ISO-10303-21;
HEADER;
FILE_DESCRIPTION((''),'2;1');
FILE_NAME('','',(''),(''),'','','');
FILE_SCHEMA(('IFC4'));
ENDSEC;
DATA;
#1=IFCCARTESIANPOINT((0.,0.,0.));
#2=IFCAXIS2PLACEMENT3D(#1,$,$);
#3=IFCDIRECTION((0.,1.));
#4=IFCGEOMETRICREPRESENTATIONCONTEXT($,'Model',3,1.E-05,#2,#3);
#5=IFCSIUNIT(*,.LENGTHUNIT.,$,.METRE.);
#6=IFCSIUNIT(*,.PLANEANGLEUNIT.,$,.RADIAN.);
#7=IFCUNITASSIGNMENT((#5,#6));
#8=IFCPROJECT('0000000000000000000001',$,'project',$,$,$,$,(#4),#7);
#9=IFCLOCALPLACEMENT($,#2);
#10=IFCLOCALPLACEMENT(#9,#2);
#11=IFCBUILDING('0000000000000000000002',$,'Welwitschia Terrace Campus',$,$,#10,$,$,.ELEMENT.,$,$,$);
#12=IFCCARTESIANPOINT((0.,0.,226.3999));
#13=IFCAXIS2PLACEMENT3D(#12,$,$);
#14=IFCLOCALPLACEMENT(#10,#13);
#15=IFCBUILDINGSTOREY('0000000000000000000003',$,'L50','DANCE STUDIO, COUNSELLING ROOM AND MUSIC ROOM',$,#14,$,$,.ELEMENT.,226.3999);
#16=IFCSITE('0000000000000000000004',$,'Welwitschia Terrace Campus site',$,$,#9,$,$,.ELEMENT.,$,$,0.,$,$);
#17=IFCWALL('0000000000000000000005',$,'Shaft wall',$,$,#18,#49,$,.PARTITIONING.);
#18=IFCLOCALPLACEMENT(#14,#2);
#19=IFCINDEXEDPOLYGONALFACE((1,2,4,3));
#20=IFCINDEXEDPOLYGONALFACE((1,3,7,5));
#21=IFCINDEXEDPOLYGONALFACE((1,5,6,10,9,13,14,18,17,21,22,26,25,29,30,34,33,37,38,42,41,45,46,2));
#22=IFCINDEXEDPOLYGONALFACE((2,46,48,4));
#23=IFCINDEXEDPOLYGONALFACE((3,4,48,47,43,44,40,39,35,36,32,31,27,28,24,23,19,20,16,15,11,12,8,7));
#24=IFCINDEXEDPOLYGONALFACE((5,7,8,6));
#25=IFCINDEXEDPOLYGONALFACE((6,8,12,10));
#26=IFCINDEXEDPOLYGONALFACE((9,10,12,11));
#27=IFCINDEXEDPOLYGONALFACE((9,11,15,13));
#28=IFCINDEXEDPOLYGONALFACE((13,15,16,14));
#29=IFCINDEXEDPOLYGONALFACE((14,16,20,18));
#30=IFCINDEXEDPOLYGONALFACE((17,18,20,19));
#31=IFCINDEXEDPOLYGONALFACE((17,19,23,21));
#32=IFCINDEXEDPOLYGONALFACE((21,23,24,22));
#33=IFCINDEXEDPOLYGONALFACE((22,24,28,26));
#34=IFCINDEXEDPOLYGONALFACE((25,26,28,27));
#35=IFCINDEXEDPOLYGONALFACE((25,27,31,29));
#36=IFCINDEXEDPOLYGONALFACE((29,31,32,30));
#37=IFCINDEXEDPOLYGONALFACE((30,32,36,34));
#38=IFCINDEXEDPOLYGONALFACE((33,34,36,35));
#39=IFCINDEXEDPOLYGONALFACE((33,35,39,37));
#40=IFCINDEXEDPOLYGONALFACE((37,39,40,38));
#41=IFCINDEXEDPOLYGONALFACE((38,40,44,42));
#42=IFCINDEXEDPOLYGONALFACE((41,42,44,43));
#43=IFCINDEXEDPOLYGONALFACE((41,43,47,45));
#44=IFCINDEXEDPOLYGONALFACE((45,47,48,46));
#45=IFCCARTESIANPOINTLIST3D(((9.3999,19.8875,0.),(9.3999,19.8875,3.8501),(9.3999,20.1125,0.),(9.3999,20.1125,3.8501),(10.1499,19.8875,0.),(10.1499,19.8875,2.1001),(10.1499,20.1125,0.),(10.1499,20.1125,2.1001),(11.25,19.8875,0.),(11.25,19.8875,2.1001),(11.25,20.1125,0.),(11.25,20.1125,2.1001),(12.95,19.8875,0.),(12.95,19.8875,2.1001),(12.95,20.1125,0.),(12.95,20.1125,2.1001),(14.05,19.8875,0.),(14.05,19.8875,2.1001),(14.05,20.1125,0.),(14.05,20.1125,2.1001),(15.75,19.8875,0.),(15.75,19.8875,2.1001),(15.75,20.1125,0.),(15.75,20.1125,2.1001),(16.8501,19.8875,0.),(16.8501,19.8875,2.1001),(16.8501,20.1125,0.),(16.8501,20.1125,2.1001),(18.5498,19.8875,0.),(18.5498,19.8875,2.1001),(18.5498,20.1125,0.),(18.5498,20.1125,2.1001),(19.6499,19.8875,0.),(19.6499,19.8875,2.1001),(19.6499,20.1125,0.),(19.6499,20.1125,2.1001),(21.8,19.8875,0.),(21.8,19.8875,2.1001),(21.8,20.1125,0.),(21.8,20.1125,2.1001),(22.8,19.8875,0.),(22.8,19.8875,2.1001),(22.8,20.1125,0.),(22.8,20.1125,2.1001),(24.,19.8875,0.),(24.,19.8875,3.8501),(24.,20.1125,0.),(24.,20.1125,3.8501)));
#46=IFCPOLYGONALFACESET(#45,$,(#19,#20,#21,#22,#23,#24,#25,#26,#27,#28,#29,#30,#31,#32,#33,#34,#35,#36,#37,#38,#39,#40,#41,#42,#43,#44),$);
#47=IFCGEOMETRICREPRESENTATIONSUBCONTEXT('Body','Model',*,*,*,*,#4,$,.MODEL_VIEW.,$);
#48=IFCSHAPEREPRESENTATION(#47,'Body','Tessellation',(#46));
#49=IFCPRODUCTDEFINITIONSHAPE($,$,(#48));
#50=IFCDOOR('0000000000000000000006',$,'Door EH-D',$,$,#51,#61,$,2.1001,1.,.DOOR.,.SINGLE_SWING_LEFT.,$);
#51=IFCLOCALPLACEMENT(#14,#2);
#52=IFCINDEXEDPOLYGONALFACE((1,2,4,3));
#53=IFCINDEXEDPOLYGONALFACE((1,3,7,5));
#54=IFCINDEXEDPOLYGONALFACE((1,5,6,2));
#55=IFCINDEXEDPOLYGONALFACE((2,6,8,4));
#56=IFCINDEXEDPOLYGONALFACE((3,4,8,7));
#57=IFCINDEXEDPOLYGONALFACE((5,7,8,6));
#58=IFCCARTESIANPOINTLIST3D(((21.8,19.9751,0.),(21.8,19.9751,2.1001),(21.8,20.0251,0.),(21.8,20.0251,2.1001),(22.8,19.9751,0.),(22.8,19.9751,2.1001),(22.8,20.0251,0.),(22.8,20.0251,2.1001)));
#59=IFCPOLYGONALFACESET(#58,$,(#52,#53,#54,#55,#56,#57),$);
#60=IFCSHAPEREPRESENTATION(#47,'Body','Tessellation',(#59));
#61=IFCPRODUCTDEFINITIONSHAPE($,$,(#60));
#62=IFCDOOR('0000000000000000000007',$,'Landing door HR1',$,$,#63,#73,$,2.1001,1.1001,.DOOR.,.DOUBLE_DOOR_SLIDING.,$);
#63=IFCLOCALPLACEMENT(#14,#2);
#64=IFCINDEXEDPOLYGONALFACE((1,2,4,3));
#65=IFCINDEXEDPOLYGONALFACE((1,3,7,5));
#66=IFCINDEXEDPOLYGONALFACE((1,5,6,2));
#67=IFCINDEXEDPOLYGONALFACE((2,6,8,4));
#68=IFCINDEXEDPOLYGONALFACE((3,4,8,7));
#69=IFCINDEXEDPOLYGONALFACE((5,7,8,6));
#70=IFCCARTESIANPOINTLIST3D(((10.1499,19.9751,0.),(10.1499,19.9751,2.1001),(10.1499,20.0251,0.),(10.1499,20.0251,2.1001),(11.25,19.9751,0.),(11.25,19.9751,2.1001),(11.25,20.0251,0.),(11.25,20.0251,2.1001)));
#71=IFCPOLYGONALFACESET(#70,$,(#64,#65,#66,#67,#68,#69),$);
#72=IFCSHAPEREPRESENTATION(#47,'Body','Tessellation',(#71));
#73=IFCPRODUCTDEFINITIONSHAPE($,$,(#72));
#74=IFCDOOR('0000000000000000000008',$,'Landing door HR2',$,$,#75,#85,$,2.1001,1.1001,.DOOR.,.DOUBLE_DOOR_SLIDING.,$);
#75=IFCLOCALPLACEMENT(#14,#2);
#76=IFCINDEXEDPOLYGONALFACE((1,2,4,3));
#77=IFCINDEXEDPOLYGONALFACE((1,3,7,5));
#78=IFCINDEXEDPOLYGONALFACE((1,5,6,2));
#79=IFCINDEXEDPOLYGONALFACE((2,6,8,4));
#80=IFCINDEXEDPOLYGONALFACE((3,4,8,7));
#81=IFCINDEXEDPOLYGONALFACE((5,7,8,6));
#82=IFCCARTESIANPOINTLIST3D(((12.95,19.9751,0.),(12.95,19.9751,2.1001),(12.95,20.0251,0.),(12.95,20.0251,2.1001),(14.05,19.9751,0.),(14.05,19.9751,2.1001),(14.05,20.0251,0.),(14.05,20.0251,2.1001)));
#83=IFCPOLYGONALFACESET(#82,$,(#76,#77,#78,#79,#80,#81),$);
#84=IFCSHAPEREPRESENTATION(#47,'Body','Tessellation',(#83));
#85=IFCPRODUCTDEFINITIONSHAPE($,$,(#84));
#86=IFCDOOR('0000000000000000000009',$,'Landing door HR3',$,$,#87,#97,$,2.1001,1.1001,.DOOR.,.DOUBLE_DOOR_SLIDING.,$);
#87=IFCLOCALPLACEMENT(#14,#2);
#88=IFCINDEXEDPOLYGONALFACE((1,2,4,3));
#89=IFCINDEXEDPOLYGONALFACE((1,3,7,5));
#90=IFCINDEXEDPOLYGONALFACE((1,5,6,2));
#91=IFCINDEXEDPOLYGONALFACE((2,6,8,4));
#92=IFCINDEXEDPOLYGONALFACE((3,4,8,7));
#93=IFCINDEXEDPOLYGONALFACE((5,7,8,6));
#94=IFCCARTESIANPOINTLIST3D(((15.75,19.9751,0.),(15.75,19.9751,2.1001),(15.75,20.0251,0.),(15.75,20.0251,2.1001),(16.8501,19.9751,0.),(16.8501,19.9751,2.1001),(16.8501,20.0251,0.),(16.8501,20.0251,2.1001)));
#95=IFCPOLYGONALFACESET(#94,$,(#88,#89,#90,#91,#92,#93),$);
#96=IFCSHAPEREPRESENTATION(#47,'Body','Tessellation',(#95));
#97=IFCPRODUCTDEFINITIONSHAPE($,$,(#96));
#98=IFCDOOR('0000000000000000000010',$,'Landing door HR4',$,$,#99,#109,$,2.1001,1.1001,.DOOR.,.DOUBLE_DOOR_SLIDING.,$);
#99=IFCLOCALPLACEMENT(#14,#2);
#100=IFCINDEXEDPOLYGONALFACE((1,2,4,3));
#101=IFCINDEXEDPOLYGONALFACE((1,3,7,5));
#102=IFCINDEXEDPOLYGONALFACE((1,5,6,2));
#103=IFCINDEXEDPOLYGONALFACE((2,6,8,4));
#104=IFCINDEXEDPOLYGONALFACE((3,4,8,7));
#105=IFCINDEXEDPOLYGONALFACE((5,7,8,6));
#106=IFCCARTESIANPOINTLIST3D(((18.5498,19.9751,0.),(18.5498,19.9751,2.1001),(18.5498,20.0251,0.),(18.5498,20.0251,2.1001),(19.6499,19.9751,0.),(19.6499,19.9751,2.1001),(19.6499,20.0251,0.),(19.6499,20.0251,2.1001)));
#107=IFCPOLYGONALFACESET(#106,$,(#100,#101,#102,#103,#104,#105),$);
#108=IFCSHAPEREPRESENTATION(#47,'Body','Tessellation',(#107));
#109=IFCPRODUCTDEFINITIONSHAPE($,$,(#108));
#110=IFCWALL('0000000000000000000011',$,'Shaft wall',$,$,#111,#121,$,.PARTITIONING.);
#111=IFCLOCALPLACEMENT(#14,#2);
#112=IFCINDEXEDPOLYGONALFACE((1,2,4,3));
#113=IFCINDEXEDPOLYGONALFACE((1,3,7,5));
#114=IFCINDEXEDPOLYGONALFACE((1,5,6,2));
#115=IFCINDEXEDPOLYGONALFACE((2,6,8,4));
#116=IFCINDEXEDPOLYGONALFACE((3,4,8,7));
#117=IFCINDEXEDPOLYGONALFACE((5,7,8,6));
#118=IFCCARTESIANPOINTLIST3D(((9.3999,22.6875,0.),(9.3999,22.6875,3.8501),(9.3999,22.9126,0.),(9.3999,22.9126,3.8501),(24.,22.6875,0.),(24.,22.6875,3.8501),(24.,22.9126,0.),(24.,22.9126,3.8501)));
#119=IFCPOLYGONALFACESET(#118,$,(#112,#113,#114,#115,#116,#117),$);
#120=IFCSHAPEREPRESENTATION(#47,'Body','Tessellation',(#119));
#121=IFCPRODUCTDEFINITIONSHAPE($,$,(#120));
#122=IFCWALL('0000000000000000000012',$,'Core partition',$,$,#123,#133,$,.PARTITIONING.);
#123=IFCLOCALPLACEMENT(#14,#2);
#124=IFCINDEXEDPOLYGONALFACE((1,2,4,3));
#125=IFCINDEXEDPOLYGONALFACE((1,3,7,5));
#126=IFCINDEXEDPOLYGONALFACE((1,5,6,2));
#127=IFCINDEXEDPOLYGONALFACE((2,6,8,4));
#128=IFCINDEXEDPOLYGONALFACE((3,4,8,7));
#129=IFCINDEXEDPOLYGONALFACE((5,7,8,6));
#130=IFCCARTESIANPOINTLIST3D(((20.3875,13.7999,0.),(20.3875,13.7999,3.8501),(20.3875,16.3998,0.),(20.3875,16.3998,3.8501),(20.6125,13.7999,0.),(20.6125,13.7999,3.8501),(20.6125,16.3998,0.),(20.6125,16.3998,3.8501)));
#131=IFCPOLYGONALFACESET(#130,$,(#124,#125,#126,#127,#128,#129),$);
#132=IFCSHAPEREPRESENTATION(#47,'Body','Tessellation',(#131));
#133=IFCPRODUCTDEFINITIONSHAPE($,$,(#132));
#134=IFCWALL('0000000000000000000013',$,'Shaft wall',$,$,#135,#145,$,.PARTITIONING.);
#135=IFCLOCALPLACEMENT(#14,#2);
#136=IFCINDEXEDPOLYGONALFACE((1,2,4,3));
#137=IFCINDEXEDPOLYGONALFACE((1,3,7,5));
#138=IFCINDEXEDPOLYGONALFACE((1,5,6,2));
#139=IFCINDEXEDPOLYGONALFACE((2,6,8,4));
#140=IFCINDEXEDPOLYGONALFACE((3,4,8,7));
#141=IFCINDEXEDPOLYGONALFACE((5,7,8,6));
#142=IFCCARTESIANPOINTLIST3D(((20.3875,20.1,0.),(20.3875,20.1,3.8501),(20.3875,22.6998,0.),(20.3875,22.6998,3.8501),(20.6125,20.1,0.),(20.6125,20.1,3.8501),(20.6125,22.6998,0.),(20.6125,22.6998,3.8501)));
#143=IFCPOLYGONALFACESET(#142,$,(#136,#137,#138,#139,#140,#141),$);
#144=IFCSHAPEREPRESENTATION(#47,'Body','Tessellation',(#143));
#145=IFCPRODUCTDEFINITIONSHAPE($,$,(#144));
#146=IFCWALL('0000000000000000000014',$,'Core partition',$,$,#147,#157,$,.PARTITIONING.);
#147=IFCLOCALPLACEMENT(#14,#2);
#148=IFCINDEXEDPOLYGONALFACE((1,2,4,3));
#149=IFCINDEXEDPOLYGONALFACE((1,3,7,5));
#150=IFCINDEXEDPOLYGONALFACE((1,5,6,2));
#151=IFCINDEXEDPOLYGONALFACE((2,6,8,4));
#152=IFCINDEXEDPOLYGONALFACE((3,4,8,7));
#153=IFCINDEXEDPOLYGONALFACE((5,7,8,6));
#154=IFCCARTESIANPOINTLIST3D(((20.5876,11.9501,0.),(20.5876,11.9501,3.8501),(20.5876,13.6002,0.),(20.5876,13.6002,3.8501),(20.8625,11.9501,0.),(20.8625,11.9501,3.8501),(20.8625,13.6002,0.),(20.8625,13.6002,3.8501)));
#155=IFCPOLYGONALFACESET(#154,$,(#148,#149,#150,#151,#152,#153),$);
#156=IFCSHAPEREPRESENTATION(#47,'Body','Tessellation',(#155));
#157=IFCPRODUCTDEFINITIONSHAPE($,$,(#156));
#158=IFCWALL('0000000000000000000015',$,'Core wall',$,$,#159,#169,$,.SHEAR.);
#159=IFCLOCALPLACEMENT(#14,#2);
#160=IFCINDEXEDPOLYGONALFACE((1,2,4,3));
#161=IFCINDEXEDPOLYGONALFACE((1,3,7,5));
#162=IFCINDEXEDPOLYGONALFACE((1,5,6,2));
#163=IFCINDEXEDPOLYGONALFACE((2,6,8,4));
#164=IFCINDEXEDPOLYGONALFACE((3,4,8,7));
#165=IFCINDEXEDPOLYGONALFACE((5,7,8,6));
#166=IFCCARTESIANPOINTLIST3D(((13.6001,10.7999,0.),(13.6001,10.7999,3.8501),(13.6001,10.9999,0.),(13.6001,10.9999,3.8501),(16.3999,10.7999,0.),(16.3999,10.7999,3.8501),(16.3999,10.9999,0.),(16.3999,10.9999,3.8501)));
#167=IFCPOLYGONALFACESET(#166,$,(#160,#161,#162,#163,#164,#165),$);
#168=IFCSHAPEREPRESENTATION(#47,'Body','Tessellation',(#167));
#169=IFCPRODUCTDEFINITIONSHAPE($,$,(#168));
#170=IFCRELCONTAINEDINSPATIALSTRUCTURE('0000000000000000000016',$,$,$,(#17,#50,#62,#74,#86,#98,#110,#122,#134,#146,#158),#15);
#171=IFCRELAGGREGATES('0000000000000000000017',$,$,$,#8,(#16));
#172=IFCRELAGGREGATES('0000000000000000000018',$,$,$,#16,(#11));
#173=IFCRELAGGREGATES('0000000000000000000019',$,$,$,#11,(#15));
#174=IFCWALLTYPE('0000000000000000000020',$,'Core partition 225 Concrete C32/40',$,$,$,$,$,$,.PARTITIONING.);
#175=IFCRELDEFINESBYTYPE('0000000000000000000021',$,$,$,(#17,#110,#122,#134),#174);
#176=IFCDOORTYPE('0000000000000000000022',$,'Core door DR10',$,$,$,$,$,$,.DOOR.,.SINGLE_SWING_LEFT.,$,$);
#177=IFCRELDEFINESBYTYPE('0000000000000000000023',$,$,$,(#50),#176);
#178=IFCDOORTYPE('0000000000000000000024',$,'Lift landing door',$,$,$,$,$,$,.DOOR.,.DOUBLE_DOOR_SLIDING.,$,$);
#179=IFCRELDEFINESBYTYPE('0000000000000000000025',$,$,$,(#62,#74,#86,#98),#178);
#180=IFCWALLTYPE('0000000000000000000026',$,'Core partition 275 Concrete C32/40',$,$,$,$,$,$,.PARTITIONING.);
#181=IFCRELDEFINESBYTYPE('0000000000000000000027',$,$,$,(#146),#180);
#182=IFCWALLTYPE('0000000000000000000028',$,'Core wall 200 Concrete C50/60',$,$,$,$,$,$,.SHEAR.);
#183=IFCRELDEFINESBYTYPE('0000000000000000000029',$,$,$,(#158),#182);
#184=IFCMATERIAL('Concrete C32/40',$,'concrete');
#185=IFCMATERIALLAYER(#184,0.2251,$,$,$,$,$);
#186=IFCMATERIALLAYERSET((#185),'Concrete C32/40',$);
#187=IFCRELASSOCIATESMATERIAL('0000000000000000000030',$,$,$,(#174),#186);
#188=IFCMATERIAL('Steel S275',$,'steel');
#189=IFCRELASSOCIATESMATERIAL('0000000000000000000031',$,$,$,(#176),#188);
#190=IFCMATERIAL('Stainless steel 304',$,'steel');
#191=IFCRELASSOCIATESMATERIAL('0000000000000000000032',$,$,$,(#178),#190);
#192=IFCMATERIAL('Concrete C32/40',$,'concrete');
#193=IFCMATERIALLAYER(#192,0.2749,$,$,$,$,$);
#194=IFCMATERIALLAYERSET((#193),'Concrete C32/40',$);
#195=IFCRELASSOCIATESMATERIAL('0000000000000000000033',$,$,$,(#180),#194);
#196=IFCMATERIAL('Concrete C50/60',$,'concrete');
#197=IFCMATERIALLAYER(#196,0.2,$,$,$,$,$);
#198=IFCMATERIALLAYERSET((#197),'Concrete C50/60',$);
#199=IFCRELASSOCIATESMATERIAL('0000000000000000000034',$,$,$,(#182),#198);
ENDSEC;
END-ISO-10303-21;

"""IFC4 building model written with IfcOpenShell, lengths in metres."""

from ifc_helpers import new_model, si_unit, direction, frame, frame_2d, origin, place, context, subcontext, project, spatial, rectangle, extrude, material, layer, layer_set, type_object, element, fill, save


model = new_model("IFC4")

# Units and contexts
model_context = context("Model", 3, precision=1e-05, world=origin(), true_north=direction((0.0, 1.0)))
body_context = subcontext(model_context, "Body", "Model", "MODEL_VIEW")
ifc_project = project(units=[si_unit("LENGTHUNIT", "METRE"), si_unit("PLANEANGLEUNIT", "RADIAN")], contexts=[model_context])

# Site, building, storey
site_placement = place(None, origin())
site = spatial("IfcSite", under=ifc_project, at=site_placement, Name="Welwitschia Terrace Campus site", CompositionType="ELEMENT", RefElevation=0.0)
building_placement = place(site_placement, origin())
building = spatial("IfcBuilding", under=site, at=building_placement, Name="Welwitschia Terrace Campus", CompositionType="ELEMENT")
storey_placement = place(building_placement, frame((0.0, 0.0, 226.3999)))
storey = spatial("IfcBuildingStorey", under=building, at=storey_placement, Name="L50", Description="DANCE STUDIO, COUNSELLING ROOM AND MUSIC ROOM", CompositionType="ELEMENT", Elevation=226.3999)

# Shared definitions
ifc_material_1 = material(Name="Concrete C32/40", Category="concrete")
ifc_layer_1 = layer(ifc_material_1, 0.2251)
ifc_layer_set_1 = layer_set([ifc_layer_1], Name="Concrete C32/40")
wall_type_1 = type_object("IfcWallType", Name="Core partition 225 Concrete C32/40", PredefinedType="PARTITIONING", material=ifc_layer_set_1)

# Wall, openings, doors
wall_1_placement = place(storey_placement, frame((24.0, 20.0, 0.0), z_axis=(0.0, 0.0, 1.0), x_axis=(-1.0, 0.0, 0.0)))
wall_1 = element("IfcWall", 1, at=wall_1_placement, inside=storey, type_object=wall_type_1, Name="Shaft wall", PredefinedType="PARTITIONING", context=body_context, shape_type="SweptSolid", body=[
    extrude(rectangle(XDim=14.6001, YDim=0.2251, at=frame_2d((7.3, 0.0))), origin(), (0.0, 0.0, 1.0), 3.8501),
])
opening_1_placement = place(wall_1_placement, frame((12.75, 0.0, 0.0)))
opening_1 = element("IfcOpeningElement", 2, at=opening_1_placement, cuts=wall_1, PredefinedType="OPENING", context=body_context, shape_type="SweptSolid", body=[
    extrude(rectangle(XDim=1.1001, YDim=2.1001, at=frame_2d((0.55, 1.05))), frame((0.0, 0.1226, 0.0), z_axis=(0.0, -1.0, 0.0), x_axis=(1.0, 0.0, 0.0)), (0.0, 0.0, 1.0), 0.2451),
])
opening_2_placement = place(wall_1_placement, frame((9.95, 0.0, 0.0)))
opening_2 = element("IfcOpeningElement", 3, at=opening_2_placement, cuts=wall_1, PredefinedType="OPENING", context=body_context, shape_type="SweptSolid", body=[
    extrude(rectangle(XDim=1.1001, YDim=2.1001, at=frame_2d((0.55, 1.05))), frame((0.0, 0.1226, 0.0), z_axis=(0.0, -1.0, 0.0), x_axis=(1.0, 0.0, 0.0)), (0.0, 0.0, 1.0), 0.2451),
])
opening_3_placement = place(wall_1_placement, frame((7.1499, 0.0, 0.0)))
opening_3 = element("IfcOpeningElement", 4, at=opening_3_placement, cuts=wall_1, PredefinedType="OPENING", context=body_context, shape_type="SweptSolid", body=[
    extrude(rectangle(XDim=1.1001, YDim=2.1001, at=frame_2d((0.55, 1.05))), frame((0.0, 0.1226, 0.0), z_axis=(0.0, -1.0, 0.0), x_axis=(1.0, 0.0, 0.0)), (0.0, 0.0, 1.0), 0.2451),
])
opening_4_placement = place(wall_1_placement, frame((4.3501, 0.0, 0.0)))
opening_4 = element("IfcOpeningElement", 5, at=opening_4_placement, cuts=wall_1, PredefinedType="OPENING", context=body_context, shape_type="SweptSolid", body=[
    extrude(rectangle(XDim=1.1001, YDim=2.1001, at=frame_2d((0.55, 1.05))), frame((0.0, 0.1226, 0.0), z_axis=(0.0, -1.0, 0.0), x_axis=(1.0, 0.0, 0.0)), (0.0, 0.0, 1.0), 0.2451),
])
opening_5_placement = place(wall_1_placement, frame((1.2, 0.0, 0.0)))
opening_5 = element("IfcOpeningElement", 6, at=opening_5_placement, cuts=wall_1, PredefinedType="OPENING", context=body_context, shape_type="SweptSolid", body=[
    extrude(rectangle(XDim=1.0, YDim=2.1001, at=frame_2d((0.5, 1.05))), frame((0.0, 0.1226, 0.0), z_axis=(0.0, -1.0, 0.0), x_axis=(1.0, 0.0, 0.0)), (0.0, 0.0, 1.0), 0.2451),
])
ifc_material_2 = material(Name="Steel S275", Category="steel")
door_type_1 = type_object("IfcDoorType", Name="Core door DR10", OperationType="SINGLE_SWING_LEFT", PredefinedType="DOOR", material=ifc_material_2)
door_1_placement = place(opening_5_placement, origin())
door_1 = element("IfcDoor", 7, at=door_1_placement, inside=storey, type_object=door_type_1, Name="Door EH-D", OperationType="SINGLE_SWING_LEFT", OverallHeight=2.1001, OverallWidth=1.0, PredefinedType="DOOR", context=body_context, shape_type="SweptSolid", body=[
    extrude(rectangle(XDim=1.0, YDim=2.1001, at=frame_2d((0.5, 1.05))), frame((0.0, 0.0249, 0.0), z_axis=(0.0, -1.0, 0.0), x_axis=(1.0, 0.0, 0.0)), (0.0, 0.0, 1.0), 0.05),
])
fill(opening_5, door_1)
ifc_material_3 = material(Name="Stainless steel 304", Category="steel")
door_type_2 = type_object("IfcDoorType", Name="Lift landing door", OperationType="DOUBLE_DOOR_SLIDING", PredefinedType="DOOR", material=ifc_material_3)
door_2_placement = place(opening_1_placement, origin())
door_2 = element("IfcDoor", 8, at=door_2_placement, inside=storey, type_object=door_type_2, Name="Landing door HR1", OperationType="DOUBLE_DOOR_SLIDING", OverallHeight=2.1001, OverallWidth=1.1001, PredefinedType="DOOR", context=body_context, shape_type="SweptSolid", body=[
    extrude(rectangle(XDim=1.1001, YDim=2.1001, at=frame_2d((0.55, 1.05))), frame((0.0, 0.0249, 0.0), z_axis=(0.0, -1.0, 0.0), x_axis=(1.0, 0.0, 0.0)), (0.0, 0.0, 1.0), 0.05),
])
fill(opening_1, door_2)
door_3_placement = place(opening_2_placement, origin())
door_3 = element("IfcDoor", 9, at=door_3_placement, inside=storey, type_object=door_type_2, Name="Landing door HR2", OperationType="DOUBLE_DOOR_SLIDING", OverallHeight=2.1001, OverallWidth=1.1001, PredefinedType="DOOR", context=body_context, shape_type="SweptSolid", body=[
    extrude(rectangle(XDim=1.1001, YDim=2.1001, at=frame_2d((0.55, 1.05))), frame((0.0, 0.0249, 0.0), z_axis=(0.0, -1.0, 0.0), x_axis=(1.0, 0.0, 0.0)), (0.0, 0.0, 1.0), 0.05),
])
fill(opening_2, door_3)
door_4_placement = place(opening_3_placement, origin())
door_4 = element("IfcDoor", 10, at=door_4_placement, inside=storey, type_object=door_type_2, Name="Landing door HR3", OperationType="DOUBLE_DOOR_SLIDING", OverallHeight=2.1001, OverallWidth=1.1001, PredefinedType="DOOR", context=body_context, shape_type="SweptSolid", body=[
    extrude(rectangle(XDim=1.1001, YDim=2.1001, at=frame_2d((0.55, 1.05))), frame((0.0, 0.0249, 0.0), z_axis=(0.0, -1.0, 0.0), x_axis=(1.0, 0.0, 0.0)), (0.0, 0.0, 1.0), 0.05),
])
fill(opening_3, door_4)
door_5_placement = place(opening_4_placement, origin())
door_5 = element("IfcDoor", 11, at=door_5_placement, inside=storey, type_object=door_type_2, Name="Landing door HR4", OperationType="DOUBLE_DOOR_SLIDING", OverallHeight=2.1001, OverallWidth=1.1001, PredefinedType="DOOR", context=body_context, shape_type="SweptSolid", body=[
    extrude(rectangle(XDim=1.1001, YDim=2.1001, at=frame_2d((0.55, 1.05))), frame((0.0, 0.0249, 0.0), z_axis=(0.0, -1.0, 0.0), x_axis=(1.0, 0.0, 0.0)), (0.0, 0.0, 1.0), 0.05),
])
fill(opening_4, door_5)

# Walls
wall_2_placement = place(storey_placement, frame((9.3999, 22.8, 0.0), z_axis=(0.0, 0.0, 1.0), x_axis=(1.0, 0.0, 0.0)))
element("IfcWall", 12, at=wall_2_placement, inside=storey, type_object=wall_type_1, Name="Shaft wall", PredefinedType="PARTITIONING", context=body_context, shape_type="SweptSolid", body=[
    extrude(rectangle(XDim=14.6001, YDim=0.2251, at=frame_2d((7.3, 0.0))), origin(), (0.0, 0.0, 1.0), 3.8501),
])
for number, where, z_axis, x_axis, name in (
    (13, (20.5, 13.8, 0.0), (0.0, 0.0, 1.0), (0.0, 1.0, 0.0), "Core partition"),
    (14, (20.5, 20.1001, 0.0), (0.0, 0.0, 1.0), (0.0, 1.0, 0.0), "Shaft wall"),
):
    element("IfcWall", number, at=place(storey_placement, frame(where, z_axis=z_axis, x_axis=x_axis)), inside=storey, type_object=wall_type_1, Name=name, PredefinedType="PARTITIONING", context=body_context, shape_type="SweptSolid", body=[
        extrude(rectangle(XDim=2.5999, YDim=0.2251, at=frame_2d((1.2998, 0.0))), origin(), (0.0, 0.0, 1.0), 3.8501),
    ])
ifc_material_4 = material(Name="Concrete C32/40", Category="concrete")
ifc_layer_2 = layer(ifc_material_4, 0.2749)
ifc_layer_set_2 = layer_set([ifc_layer_2], Name="Concrete C32/40")
wall_type_2 = type_object("IfcWallType", Name="Core partition 275 Concrete C32/40", PredefinedType="PARTITIONING", material=ifc_layer_set_2)
wall_3_placement = place(storey_placement, frame((20.7251, 11.95, 0.0), z_axis=(0.0, 0.0, 1.0), x_axis=(0.0, 1.0, 0.0)))
element("IfcWall", 15, at=wall_3_placement, inside=storey, type_object=wall_type_2, Name="Core partition", PredefinedType="PARTITIONING", context=body_context, shape_type="SweptSolid", body=[
    extrude(rectangle(XDim=1.6501, YDim=0.2749, at=frame_2d((0.8252, 0.0))), origin(), (0.0, 0.0, 1.0), 3.8501),
])
ifc_material_5 = material(Name="Concrete C50/60", Category="concrete")
ifc_layer_3 = layer(ifc_material_5, 0.2)
ifc_layer_set_3 = layer_set([ifc_layer_3], Name="Concrete C50/60")
wall_type_3 = type_object("IfcWallType", Name="Core wall 200 Concrete C50/60", PredefinedType="SHEAR", material=ifc_layer_set_3)
for number, where, z_axis, x_axis, name in (
    (16, (13.6001, 10.8999, 0.0), (0.0, 0.0, 1.0), (1.0, 0.0, 0.0), "Core wall"),
):
    element("IfcWall", number, at=place(storey_placement, frame(where, z_axis=z_axis, x_axis=x_axis)), inside=storey, type_object=wall_type_3, Name=name, PredefinedType="SHEAR", context=body_context, shape_type="SweptSolid", body=[
        extrude(rectangle(XDim=2.7998, YDim=0.2, at=frame_2d((1.3999, 0.0))), origin(), (0.0, 0.0, 1.0), 3.8501),
    ])

save(model, "model.ifc")
